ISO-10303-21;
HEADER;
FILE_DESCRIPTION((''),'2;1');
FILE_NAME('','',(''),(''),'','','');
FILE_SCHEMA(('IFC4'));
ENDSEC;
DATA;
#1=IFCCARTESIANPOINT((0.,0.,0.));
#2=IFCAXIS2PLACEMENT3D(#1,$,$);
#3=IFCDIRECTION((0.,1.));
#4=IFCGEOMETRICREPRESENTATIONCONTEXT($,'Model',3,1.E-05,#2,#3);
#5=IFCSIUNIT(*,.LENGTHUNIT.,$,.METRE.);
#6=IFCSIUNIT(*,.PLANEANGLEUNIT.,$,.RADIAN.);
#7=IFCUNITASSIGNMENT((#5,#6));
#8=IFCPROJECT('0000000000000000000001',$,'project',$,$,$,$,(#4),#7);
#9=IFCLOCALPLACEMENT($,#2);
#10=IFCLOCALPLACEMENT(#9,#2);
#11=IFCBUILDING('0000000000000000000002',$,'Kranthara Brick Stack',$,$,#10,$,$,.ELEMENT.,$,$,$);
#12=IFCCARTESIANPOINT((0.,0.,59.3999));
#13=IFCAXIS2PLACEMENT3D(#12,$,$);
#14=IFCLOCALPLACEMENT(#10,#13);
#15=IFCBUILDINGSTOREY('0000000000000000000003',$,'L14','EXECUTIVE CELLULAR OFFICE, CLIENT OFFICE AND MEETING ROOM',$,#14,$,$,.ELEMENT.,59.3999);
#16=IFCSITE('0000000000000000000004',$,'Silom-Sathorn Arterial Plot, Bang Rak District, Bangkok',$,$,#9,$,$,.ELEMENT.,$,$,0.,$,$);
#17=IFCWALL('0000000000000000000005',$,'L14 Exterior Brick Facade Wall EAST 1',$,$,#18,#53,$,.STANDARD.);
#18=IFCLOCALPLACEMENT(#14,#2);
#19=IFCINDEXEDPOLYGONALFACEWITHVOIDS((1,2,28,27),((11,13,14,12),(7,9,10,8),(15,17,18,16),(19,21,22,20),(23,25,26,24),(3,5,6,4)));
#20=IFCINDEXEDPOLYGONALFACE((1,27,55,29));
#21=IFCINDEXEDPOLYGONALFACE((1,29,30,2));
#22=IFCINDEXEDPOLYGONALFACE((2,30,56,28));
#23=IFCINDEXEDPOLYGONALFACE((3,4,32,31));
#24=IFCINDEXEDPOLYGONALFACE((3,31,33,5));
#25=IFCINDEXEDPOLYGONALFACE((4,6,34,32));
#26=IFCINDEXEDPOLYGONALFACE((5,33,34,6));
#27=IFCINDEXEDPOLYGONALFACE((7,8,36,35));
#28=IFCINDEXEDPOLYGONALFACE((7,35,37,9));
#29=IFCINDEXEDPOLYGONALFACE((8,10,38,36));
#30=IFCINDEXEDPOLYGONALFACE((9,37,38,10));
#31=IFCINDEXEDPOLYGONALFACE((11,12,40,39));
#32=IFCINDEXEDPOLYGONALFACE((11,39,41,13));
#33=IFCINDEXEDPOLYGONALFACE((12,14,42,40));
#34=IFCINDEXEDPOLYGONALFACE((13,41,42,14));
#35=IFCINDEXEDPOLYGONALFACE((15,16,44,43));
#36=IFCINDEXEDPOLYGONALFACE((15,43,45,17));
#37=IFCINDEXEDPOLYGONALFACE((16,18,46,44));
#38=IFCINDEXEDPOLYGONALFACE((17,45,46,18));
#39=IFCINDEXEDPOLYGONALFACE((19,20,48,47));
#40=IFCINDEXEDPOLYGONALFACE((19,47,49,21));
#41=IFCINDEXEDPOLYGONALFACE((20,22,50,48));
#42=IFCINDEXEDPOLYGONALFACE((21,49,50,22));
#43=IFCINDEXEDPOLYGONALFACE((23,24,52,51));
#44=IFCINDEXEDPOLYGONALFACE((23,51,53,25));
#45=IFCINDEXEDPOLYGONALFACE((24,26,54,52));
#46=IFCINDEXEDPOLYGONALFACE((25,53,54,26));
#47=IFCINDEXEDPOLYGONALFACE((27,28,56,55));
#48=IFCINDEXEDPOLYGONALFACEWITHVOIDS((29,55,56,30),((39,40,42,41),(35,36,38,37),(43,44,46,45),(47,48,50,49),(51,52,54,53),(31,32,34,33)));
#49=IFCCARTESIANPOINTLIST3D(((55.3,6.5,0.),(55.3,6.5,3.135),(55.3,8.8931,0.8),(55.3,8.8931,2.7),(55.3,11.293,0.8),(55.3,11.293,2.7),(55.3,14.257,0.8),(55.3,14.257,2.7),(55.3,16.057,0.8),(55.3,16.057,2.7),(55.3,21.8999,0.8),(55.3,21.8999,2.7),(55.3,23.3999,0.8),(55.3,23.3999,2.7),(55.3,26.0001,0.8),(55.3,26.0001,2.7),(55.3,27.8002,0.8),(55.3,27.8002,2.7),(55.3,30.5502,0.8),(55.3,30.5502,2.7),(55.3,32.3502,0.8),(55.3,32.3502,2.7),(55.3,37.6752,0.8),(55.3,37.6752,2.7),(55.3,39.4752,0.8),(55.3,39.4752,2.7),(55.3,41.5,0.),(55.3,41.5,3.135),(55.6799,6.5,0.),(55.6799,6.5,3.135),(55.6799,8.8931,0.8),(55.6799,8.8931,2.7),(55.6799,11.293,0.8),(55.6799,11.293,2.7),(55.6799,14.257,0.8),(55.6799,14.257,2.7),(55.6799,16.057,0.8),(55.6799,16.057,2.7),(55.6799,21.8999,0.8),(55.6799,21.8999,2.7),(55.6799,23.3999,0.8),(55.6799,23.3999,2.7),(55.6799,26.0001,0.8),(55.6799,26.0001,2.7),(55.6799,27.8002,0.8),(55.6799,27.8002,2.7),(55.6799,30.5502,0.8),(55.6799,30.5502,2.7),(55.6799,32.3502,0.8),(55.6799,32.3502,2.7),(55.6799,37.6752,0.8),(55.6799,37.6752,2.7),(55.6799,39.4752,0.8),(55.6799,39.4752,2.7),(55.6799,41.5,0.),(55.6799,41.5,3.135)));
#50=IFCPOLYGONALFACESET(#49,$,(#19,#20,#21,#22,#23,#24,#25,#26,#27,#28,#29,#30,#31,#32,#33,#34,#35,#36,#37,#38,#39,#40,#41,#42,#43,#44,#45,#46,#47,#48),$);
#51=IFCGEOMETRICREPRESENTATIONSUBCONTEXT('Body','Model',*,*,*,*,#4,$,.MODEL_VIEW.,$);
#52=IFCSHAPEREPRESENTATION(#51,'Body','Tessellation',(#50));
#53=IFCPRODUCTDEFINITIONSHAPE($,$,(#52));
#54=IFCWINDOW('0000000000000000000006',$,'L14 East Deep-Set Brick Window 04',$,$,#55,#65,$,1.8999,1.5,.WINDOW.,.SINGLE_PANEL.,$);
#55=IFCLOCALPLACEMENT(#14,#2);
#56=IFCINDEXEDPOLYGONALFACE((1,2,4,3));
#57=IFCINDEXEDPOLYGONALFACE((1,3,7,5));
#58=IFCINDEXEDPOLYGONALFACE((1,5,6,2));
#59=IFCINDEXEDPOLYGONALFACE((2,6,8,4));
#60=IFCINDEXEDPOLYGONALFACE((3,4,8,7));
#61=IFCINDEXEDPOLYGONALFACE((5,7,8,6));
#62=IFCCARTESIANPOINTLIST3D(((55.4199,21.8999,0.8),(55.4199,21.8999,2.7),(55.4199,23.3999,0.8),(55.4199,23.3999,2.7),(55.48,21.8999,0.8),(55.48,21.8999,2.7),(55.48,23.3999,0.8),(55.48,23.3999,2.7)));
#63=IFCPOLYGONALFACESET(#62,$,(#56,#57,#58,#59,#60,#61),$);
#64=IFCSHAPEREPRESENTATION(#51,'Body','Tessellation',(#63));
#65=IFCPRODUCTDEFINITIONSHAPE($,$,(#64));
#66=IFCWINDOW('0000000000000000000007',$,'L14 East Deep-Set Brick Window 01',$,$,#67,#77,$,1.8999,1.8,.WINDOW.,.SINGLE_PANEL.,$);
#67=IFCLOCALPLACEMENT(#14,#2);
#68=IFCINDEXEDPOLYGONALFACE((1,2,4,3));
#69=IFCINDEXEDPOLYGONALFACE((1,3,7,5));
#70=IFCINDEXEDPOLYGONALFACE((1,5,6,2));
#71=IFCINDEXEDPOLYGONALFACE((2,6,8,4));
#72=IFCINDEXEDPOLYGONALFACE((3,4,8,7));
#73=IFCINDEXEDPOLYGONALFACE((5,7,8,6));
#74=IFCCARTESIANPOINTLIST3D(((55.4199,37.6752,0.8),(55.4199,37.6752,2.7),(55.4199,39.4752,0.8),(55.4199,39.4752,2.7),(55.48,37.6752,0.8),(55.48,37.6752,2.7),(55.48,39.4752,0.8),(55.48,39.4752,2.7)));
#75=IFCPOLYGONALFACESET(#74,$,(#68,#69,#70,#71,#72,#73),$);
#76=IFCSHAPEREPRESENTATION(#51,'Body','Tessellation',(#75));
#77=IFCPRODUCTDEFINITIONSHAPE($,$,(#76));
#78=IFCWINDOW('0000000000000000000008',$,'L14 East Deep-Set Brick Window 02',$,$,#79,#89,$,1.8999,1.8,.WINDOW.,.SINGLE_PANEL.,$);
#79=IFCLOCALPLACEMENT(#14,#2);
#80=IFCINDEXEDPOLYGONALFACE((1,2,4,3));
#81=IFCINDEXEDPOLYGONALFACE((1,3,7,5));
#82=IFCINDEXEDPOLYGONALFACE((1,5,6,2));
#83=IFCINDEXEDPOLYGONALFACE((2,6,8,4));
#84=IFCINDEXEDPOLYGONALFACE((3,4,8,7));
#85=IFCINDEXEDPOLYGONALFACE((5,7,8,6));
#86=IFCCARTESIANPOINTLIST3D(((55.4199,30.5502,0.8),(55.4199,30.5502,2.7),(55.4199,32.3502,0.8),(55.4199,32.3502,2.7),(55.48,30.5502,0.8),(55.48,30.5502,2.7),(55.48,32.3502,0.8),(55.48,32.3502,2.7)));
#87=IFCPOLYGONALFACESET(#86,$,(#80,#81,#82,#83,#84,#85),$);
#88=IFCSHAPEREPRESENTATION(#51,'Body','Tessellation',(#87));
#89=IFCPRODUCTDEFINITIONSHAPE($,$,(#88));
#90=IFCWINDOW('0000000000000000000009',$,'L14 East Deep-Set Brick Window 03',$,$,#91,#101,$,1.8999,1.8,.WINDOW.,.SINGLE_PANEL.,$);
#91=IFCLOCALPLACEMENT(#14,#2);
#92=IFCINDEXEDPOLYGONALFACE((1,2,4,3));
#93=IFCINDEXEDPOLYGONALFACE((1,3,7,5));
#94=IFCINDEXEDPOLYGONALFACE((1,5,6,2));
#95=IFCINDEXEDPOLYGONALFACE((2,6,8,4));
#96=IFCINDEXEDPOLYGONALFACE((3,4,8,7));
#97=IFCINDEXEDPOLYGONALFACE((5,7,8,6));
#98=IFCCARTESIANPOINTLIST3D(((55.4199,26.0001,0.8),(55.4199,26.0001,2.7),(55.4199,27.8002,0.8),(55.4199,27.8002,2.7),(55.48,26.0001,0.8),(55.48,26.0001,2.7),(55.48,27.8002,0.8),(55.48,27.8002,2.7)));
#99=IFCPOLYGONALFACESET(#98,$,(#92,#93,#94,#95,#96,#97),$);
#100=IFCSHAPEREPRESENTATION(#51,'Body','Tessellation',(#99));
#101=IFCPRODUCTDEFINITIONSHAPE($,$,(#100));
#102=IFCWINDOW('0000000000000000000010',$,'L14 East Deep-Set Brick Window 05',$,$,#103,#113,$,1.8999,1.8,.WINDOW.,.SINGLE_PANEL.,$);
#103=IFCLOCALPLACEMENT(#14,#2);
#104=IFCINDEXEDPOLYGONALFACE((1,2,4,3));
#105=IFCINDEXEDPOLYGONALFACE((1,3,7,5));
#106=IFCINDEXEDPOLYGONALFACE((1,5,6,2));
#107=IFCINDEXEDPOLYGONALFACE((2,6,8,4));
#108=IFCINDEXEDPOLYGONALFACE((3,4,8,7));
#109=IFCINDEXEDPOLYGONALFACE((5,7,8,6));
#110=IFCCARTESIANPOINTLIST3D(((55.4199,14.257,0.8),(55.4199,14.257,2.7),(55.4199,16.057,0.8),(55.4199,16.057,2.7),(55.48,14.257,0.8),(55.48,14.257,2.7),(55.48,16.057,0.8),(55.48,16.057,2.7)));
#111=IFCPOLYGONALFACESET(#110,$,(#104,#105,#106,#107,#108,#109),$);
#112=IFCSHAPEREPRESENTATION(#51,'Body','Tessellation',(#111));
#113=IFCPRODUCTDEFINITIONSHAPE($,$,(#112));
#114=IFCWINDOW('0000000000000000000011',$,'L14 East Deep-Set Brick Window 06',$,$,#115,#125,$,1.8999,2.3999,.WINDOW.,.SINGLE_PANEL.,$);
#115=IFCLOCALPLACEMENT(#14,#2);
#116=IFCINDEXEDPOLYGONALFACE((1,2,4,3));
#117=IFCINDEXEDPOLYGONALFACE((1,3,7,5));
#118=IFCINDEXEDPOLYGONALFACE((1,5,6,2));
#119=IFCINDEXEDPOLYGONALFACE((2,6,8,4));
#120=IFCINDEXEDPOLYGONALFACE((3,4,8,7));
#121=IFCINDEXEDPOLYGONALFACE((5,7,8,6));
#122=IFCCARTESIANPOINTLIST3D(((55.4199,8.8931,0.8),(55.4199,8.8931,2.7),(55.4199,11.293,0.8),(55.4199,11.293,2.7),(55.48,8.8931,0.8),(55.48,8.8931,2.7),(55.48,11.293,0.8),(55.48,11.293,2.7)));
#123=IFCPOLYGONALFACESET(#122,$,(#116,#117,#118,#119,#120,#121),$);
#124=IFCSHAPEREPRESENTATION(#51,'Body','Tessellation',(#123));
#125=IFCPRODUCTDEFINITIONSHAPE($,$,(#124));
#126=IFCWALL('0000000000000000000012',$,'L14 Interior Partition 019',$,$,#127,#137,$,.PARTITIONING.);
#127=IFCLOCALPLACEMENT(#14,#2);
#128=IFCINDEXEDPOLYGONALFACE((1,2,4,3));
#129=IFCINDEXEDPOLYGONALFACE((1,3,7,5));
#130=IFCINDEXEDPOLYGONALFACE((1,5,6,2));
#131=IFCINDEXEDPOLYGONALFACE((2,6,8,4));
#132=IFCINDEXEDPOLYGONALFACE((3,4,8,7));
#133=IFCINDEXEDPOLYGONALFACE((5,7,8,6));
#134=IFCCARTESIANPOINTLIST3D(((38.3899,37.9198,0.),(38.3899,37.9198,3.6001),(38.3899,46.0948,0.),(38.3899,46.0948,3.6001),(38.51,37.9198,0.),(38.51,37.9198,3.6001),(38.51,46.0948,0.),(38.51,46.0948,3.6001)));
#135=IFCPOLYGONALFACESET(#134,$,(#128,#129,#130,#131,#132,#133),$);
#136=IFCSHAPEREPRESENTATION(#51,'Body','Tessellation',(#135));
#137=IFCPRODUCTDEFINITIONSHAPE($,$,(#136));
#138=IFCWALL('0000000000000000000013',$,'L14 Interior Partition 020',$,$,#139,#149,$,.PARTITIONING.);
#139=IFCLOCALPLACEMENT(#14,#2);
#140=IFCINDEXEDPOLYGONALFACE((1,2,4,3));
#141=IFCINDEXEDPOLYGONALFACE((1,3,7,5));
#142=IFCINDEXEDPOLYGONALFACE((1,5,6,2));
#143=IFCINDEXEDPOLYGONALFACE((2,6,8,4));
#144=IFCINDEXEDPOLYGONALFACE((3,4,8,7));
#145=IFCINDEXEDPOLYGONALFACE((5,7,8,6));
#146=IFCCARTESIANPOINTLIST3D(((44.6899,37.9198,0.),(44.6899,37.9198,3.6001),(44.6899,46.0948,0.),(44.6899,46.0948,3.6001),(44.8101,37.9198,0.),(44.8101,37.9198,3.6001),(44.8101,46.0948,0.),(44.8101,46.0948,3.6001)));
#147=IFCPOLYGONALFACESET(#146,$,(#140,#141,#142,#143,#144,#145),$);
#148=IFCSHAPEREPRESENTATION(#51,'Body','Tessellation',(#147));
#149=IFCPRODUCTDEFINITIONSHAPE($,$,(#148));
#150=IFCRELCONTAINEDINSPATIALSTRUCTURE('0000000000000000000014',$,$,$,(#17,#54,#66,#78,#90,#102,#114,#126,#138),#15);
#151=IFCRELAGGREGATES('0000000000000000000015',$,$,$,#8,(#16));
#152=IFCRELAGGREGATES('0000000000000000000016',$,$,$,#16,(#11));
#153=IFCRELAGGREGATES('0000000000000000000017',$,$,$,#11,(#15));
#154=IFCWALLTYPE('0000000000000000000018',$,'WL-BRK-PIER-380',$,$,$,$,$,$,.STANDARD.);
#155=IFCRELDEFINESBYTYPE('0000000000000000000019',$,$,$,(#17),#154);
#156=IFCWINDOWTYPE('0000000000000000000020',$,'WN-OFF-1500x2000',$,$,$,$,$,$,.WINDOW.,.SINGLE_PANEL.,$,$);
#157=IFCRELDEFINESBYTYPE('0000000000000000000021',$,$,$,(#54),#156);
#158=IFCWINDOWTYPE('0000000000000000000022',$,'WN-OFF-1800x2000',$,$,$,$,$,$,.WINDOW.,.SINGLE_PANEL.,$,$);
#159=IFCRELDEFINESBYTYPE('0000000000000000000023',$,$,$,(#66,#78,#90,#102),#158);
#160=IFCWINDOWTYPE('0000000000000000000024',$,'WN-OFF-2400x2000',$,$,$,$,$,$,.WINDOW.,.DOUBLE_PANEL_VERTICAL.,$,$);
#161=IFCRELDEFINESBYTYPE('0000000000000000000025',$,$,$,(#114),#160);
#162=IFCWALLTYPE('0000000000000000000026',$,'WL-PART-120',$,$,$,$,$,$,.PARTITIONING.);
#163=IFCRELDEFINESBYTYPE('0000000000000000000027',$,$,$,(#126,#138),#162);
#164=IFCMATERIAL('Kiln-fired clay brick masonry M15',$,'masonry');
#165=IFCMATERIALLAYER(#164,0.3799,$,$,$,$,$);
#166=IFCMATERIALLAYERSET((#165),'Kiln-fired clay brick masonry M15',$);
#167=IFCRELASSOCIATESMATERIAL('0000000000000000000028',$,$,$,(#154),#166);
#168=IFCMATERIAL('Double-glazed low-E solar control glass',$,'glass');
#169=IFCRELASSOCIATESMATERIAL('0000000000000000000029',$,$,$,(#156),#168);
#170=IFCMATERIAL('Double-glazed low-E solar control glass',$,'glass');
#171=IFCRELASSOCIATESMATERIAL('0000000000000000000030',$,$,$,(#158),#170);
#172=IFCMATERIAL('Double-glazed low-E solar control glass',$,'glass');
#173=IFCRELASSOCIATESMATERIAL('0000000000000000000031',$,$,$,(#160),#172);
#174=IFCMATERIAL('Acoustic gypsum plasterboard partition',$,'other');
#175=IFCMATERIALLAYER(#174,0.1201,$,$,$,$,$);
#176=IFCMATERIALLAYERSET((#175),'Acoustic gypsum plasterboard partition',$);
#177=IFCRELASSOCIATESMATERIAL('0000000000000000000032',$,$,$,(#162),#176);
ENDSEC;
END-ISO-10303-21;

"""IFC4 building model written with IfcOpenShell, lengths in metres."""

from ifc_helpers import new_model, si_unit, direction, frame, frame_2d, origin, place, context, subcontext, project, spatial, rectangle, extrude, material, layer, layer_set, type_object, element, fill, save


model = new_model("IFC4")

# Units and contexts
model_context = context("Model", 3, precision=1e-05, world=origin(), true_north=direction((0.0, 1.0)))
body_context = subcontext(model_context, "Body", "Model", "MODEL_VIEW")
ifc_project = project(units=[si_unit("LENGTHUNIT", "METRE"), si_unit("PLANEANGLEUNIT", "RADIAN")], contexts=[model_context])

# Site, building, storey
site_placement = place(None, origin())
site = spatial("IfcSite", under=ifc_project, at=site_placement, Name="Silom-Sathorn Arterial Plot, Bang Rak District, Bangkok", CompositionType="ELEMENT", RefElevation=0.0)
building_placement = place(site_placement, origin())
building = spatial("IfcBuilding", under=site, at=building_placement, Name="Kranthara Brick Stack", CompositionType="ELEMENT")
storey_placement = place(building_placement, frame((0.0, 0.0, 59.3999)))
storey = spatial("IfcBuildingStorey", under=building, at=storey_placement, Name="L14", Description="EXECUTIVE CELLULAR OFFICE, CLIENT OFFICE AND MEETING ROOM", CompositionType="ELEMENT", Elevation=59.3999)

# Shared definitions
ifc_material_1 = material(Name="Kiln-fired clay brick masonry M15", Category="masonry")
ifc_layer_1 = layer(ifc_material_1, 0.3799)
ifc_layer_set_1 = layer_set([ifc_layer_1], Name="Kiln-fired clay brick masonry M15")
wall_type_1 = type_object("IfcWallType", Name="WL-BRK-PIER-380", PredefinedType="STANDARD", material=ifc_layer_set_1)

# Wall, openings, windows
wall_1_placement = place(storey_placement, frame((55.49, 41.5, 0.0), z_axis=(0.0, 0.0, 1.0), x_axis=(0.0, -1.0, 0.0)))
wall_1 = element("IfcWall", 1, at=wall_1_placement, inside=storey, type_object=wall_type_1, Name="L14 Exterior Brick Facade Wall EAST 1", PredefinedType="STANDARD", context=body_context, shape_type="SweptSolid", body=[
    extrude(rectangle(XDim=35.0, YDim=0.3799, at=frame_2d((17.5, 0.0))), origin(), (0.0, 0.0, 1.0), 3.135),
])
opening_1_placement = place(wall_1_placement, frame((2.0249, 0.0, 0.8)))
opening_1 = element("IfcOpeningElement", 2, at=opening_1_placement, cuts=wall_1, PredefinedType="OPENING", context=body_context, shape_type="SweptSolid", body=[
    extrude(rectangle(XDim=1.8, YDim=1.8999, at=frame_2d((0.8999, 0.95))), frame((0.0, 0.2, 0.0), z_axis=(0.0, -1.0, 0.0), x_axis=(1.0, 0.0, 0.0)), (0.0, 0.0, 1.0), 0.3999),
])
opening_2_placement = place(wall_1_placement, frame((9.1499, 0.0, 0.8)))
opening_2 = element("IfcOpeningElement", 3, at=opening_2_placement, cuts=wall_1, PredefinedType="OPENING", context=body_context, shape_type="SweptSolid", body=[
    extrude(rectangle(XDim=1.8, YDim=1.8999, at=frame_2d((0.8999, 0.95))), frame((0.0, 0.2, 0.0), z_axis=(0.0, -1.0, 0.0), x_axis=(1.0, 0.0, 0.0)), (0.0, 0.0, 1.0), 0.3999),
])
opening_3_placement = place(wall_1_placement, frame((13.7, 0.0, 0.8)))
opening_3 = element("IfcOpeningElement", 4, at=opening_3_placement, cuts=wall_1, PredefinedType="OPENING", context=body_context, shape_type="SweptSolid", body=[
    extrude(rectangle(XDim=1.8, YDim=1.8999, at=frame_2d((0.8999, 0.95))), frame((0.0, 0.2, 0.0), z_axis=(0.0, -1.0, 0.0), x_axis=(1.0, 0.0, 0.0)), (0.0, 0.0, 1.0), 0.3999),
])
opening_4_placement = place(wall_1_placement, frame((18.1001, 0.0, 0.8)))
opening_4 = element("IfcOpeningElement", 5, at=opening_4_placement, cuts=wall_1, PredefinedType="OPENING", context=body_context, shape_type="SweptSolid", body=[
    extrude(rectangle(XDim=1.5, YDim=1.8999, at=frame_2d((0.75, 0.95))), frame((0.0, 0.2, 0.0), z_axis=(0.0, -1.0, 0.0), x_axis=(1.0, 0.0, 0.0)), (0.0, 0.0, 1.0), 0.3999),
])
opening_5_placement = place(wall_1_placement, frame((25.4431, 0.0, 0.8)))
opening_5 = element("IfcOpeningElement", 6, at=opening_5_placement, cuts=wall_1, PredefinedType="OPENING", context=body_context, shape_type="SweptSolid", body=[
    extrude(rectangle(XDim=1.8, YDim=1.8999, at=frame_2d((0.8999, 0.95))), frame((0.0, 0.2, 0.0), z_axis=(0.0, -1.0, 0.0), x_axis=(1.0, 0.0, 0.0)), (0.0, 0.0, 1.0), 0.3999),
])
opening_6_placement = place(wall_1_placement, frame((30.207, 0.0, 0.8)))
opening_6 = element("IfcOpeningElement", 7, at=opening_6_placement, cuts=wall_1, PredefinedType="OPENING", context=body_context, shape_type="SweptSolid", body=[
    extrude(rectangle(XDim=2.3999, YDim=1.8999, at=frame_2d((1.2, 0.95))), frame((0.0, 0.2, 0.0), z_axis=(0.0, -1.0, 0.0), x_axis=(1.0, 0.0, 0.0)), (0.0, 0.0, 1.0), 0.3999),
])
ifc_material_2 = material(Name="Double-glazed low-E solar control glass", Category="glass")
window_type_1 = type_object("IfcWindowType", Name="WN-OFF-1500x2000", PartitioningType="SINGLE_PANEL", PredefinedType="WINDOW", material=ifc_material_2)
window_1_placement = place(opening_4_placement, origin())
window_1 = element("IfcWindow", 8, at=window_1_placement, inside=storey, type_object=window_type_1, Name="L14 East Deep-Set Brick Window 04", OverallHeight=1.8999, OverallWidth=1.5, PartitioningType="SINGLE_PANEL", PredefinedType="WINDOW", context=body_context, shape_type="SweptSolid", body=[
    extrude(rectangle(XDim=1.5, YDim=1.8999, at=frame_2d((0.75, 0.95))), frame((0.0, -0.01, 0.0), z_axis=(0.0, -1.0, 0.0), x_axis=(1.0, 0.0, 0.0)), (0.0, 0.0, 1.0), 0.0601),
])
fill(opening_4, window_1)
ifc_material_3 = material(Name="Double-glazed low-E solar control glass", Category="glass")
window_type_2 = type_object("IfcWindowType", Name="WN-OFF-1800x2000", PartitioningType="SINGLE_PANEL", PredefinedType="WINDOW", material=ifc_material_3)
window_2_placement = place(opening_1_placement, origin())
window_2 = element("IfcWindow", 9, at=window_2_placement, inside=storey, type_object=window_type_2, Name="L14 East Deep-Set Brick Window 01", OverallHeight=1.8999, OverallWidth=1.8, PartitioningType="SINGLE_PANEL", PredefinedType="WINDOW", context=body_context, shape_type="SweptSolid", body=[
    extrude(rectangle(XDim=1.8, YDim=1.8999, at=frame_2d((0.8999, 0.95))), frame((0.0, -0.01, 0.0), z_axis=(0.0, -1.0, 0.0), x_axis=(1.0, 0.0, 0.0)), (0.0, 0.0, 1.0), 0.0601),
])
fill(opening_1, window_2)
window_3_placement = place(opening_2_placement, origin())
window_3 = element("IfcWindow", 10, at=window_3_placement, inside=storey, type_object=window_type_2, Name="L14 East Deep-Set Brick Window 02", OverallHeight=1.8999, OverallWidth=1.8, PartitioningType="SINGLE_PANEL", PredefinedType="WINDOW", context=body_context, shape_type="SweptSolid", body=[
    extrude(rectangle(XDim=1.8, YDim=1.8999, at=frame_2d((0.8999, 0.95))), frame((0.0, -0.01, 0.0), z_axis=(0.0, -1.0, 0.0), x_axis=(1.0, 0.0, 0.0)), (0.0, 0.0, 1.0), 0.0601),
])
fill(opening_2, window_3)
window_4_placement = place(opening_3_placement, origin())
window_4 = element("IfcWindow", 11, at=window_4_placement, inside=storey, type_object=window_type_2, Name="L14 East Deep-Set Brick Window 03", OverallHeight=1.8999, OverallWidth=1.8, PartitioningType="SINGLE_PANEL", PredefinedType="WINDOW", context=body_context, shape_type="SweptSolid", body=[
    extrude(rectangle(XDim=1.8, YDim=1.8999, at=frame_2d((0.8999, 0.95))), frame((0.0, -0.01, 0.0), z_axis=(0.0, -1.0, 0.0), x_axis=(1.0, 0.0, 0.0)), (0.0, 0.0, 1.0), 0.0601),
])
fill(opening_3, window_4)
window_5_placement = place(opening_5_placement, origin())
window_5 = element("IfcWindow", 12, at=window_5_placement, inside=storey, type_object=window_type_2, Name="L14 East Deep-Set Brick Window 05", OverallHeight=1.8999, OverallWidth=1.8, PartitioningType="SINGLE_PANEL", PredefinedType="WINDOW", context=body_context, shape_type="SweptSolid", body=[
    extrude(rectangle(XDim=1.8, YDim=1.8999, at=frame_2d((0.8999, 0.95))), frame((0.0, -0.01, 0.0), z_axis=(0.0, -1.0, 0.0), x_axis=(1.0, 0.0, 0.0)), (0.0, 0.0, 1.0), 0.0601),
])
fill(opening_5, window_5)
ifc_material_4 = material(Name="Double-glazed low-E solar control glass", Category="glass")
window_type_3 = type_object("IfcWindowType", Name="WN-OFF-2400x2000", PartitioningType="DOUBLE_PANEL_VERTICAL", PredefinedType="WINDOW", material=ifc_material_4)
window_6_placement = place(opening_6_placement, origin())
window_6 = element("IfcWindow", 13, at=window_6_placement, inside=storey, type_object=window_type_3, Name="L14 East Deep-Set Brick Window 06", OverallHeight=1.8999, OverallWidth=2.3999, PartitioningType="SINGLE_PANEL", PredefinedType="WINDOW", context=body_context, shape_type="SweptSolid", body=[
    extrude(rectangle(XDim=2.3999, YDim=1.8999, at=frame_2d((1.2, 0.95))), frame((0.0, -0.01, 0.0), z_axis=(0.0, -1.0, 0.0), x_axis=(1.0, 0.0, 0.0)), (0.0, 0.0, 1.0), 0.0601),
])
fill(opening_6, window_6)

# Walls
ifc_material_5 = material(Name="Acoustic gypsum plasterboard partition", Category="other")
ifc_layer_2 = layer(ifc_material_5, 0.1201)
ifc_layer_set_2 = layer_set([ifc_layer_2], Name="Acoustic gypsum plasterboard partition")
wall_type_2 = type_object("IfcWallType", Name="WL-PART-120", PredefinedType="PARTITIONING", material=ifc_layer_set_2)
for number, where, z_axis, x_axis, name in (
    (14, (38.45, 37.9199, 0.0), (0.0, 0.0, 1.0), (0.0, 1.0, 0.0), "L14 Interior Partition 019"),
    (15, (44.75, 37.9199, 0.0), (0.0, 0.0, 1.0), (0.0, 1.0, 0.0), "L14 Interior Partition 020"),
):
    element("IfcWall", number, at=place(storey_placement, frame(where, z_axis=z_axis, x_axis=x_axis)), inside=storey, type_object=wall_type_2, Name=name, PredefinedType="PARTITIONING", context=body_context, shape_type="SweptSolid", body=[
        extrude(rectangle(XDim=8.175, YDim=0.1201, at=frame_2d((4.0874, 0.0))), origin(), (0.0, 0.0, 1.0), 3.6001),
    ])

save(model, "model.ifc")
